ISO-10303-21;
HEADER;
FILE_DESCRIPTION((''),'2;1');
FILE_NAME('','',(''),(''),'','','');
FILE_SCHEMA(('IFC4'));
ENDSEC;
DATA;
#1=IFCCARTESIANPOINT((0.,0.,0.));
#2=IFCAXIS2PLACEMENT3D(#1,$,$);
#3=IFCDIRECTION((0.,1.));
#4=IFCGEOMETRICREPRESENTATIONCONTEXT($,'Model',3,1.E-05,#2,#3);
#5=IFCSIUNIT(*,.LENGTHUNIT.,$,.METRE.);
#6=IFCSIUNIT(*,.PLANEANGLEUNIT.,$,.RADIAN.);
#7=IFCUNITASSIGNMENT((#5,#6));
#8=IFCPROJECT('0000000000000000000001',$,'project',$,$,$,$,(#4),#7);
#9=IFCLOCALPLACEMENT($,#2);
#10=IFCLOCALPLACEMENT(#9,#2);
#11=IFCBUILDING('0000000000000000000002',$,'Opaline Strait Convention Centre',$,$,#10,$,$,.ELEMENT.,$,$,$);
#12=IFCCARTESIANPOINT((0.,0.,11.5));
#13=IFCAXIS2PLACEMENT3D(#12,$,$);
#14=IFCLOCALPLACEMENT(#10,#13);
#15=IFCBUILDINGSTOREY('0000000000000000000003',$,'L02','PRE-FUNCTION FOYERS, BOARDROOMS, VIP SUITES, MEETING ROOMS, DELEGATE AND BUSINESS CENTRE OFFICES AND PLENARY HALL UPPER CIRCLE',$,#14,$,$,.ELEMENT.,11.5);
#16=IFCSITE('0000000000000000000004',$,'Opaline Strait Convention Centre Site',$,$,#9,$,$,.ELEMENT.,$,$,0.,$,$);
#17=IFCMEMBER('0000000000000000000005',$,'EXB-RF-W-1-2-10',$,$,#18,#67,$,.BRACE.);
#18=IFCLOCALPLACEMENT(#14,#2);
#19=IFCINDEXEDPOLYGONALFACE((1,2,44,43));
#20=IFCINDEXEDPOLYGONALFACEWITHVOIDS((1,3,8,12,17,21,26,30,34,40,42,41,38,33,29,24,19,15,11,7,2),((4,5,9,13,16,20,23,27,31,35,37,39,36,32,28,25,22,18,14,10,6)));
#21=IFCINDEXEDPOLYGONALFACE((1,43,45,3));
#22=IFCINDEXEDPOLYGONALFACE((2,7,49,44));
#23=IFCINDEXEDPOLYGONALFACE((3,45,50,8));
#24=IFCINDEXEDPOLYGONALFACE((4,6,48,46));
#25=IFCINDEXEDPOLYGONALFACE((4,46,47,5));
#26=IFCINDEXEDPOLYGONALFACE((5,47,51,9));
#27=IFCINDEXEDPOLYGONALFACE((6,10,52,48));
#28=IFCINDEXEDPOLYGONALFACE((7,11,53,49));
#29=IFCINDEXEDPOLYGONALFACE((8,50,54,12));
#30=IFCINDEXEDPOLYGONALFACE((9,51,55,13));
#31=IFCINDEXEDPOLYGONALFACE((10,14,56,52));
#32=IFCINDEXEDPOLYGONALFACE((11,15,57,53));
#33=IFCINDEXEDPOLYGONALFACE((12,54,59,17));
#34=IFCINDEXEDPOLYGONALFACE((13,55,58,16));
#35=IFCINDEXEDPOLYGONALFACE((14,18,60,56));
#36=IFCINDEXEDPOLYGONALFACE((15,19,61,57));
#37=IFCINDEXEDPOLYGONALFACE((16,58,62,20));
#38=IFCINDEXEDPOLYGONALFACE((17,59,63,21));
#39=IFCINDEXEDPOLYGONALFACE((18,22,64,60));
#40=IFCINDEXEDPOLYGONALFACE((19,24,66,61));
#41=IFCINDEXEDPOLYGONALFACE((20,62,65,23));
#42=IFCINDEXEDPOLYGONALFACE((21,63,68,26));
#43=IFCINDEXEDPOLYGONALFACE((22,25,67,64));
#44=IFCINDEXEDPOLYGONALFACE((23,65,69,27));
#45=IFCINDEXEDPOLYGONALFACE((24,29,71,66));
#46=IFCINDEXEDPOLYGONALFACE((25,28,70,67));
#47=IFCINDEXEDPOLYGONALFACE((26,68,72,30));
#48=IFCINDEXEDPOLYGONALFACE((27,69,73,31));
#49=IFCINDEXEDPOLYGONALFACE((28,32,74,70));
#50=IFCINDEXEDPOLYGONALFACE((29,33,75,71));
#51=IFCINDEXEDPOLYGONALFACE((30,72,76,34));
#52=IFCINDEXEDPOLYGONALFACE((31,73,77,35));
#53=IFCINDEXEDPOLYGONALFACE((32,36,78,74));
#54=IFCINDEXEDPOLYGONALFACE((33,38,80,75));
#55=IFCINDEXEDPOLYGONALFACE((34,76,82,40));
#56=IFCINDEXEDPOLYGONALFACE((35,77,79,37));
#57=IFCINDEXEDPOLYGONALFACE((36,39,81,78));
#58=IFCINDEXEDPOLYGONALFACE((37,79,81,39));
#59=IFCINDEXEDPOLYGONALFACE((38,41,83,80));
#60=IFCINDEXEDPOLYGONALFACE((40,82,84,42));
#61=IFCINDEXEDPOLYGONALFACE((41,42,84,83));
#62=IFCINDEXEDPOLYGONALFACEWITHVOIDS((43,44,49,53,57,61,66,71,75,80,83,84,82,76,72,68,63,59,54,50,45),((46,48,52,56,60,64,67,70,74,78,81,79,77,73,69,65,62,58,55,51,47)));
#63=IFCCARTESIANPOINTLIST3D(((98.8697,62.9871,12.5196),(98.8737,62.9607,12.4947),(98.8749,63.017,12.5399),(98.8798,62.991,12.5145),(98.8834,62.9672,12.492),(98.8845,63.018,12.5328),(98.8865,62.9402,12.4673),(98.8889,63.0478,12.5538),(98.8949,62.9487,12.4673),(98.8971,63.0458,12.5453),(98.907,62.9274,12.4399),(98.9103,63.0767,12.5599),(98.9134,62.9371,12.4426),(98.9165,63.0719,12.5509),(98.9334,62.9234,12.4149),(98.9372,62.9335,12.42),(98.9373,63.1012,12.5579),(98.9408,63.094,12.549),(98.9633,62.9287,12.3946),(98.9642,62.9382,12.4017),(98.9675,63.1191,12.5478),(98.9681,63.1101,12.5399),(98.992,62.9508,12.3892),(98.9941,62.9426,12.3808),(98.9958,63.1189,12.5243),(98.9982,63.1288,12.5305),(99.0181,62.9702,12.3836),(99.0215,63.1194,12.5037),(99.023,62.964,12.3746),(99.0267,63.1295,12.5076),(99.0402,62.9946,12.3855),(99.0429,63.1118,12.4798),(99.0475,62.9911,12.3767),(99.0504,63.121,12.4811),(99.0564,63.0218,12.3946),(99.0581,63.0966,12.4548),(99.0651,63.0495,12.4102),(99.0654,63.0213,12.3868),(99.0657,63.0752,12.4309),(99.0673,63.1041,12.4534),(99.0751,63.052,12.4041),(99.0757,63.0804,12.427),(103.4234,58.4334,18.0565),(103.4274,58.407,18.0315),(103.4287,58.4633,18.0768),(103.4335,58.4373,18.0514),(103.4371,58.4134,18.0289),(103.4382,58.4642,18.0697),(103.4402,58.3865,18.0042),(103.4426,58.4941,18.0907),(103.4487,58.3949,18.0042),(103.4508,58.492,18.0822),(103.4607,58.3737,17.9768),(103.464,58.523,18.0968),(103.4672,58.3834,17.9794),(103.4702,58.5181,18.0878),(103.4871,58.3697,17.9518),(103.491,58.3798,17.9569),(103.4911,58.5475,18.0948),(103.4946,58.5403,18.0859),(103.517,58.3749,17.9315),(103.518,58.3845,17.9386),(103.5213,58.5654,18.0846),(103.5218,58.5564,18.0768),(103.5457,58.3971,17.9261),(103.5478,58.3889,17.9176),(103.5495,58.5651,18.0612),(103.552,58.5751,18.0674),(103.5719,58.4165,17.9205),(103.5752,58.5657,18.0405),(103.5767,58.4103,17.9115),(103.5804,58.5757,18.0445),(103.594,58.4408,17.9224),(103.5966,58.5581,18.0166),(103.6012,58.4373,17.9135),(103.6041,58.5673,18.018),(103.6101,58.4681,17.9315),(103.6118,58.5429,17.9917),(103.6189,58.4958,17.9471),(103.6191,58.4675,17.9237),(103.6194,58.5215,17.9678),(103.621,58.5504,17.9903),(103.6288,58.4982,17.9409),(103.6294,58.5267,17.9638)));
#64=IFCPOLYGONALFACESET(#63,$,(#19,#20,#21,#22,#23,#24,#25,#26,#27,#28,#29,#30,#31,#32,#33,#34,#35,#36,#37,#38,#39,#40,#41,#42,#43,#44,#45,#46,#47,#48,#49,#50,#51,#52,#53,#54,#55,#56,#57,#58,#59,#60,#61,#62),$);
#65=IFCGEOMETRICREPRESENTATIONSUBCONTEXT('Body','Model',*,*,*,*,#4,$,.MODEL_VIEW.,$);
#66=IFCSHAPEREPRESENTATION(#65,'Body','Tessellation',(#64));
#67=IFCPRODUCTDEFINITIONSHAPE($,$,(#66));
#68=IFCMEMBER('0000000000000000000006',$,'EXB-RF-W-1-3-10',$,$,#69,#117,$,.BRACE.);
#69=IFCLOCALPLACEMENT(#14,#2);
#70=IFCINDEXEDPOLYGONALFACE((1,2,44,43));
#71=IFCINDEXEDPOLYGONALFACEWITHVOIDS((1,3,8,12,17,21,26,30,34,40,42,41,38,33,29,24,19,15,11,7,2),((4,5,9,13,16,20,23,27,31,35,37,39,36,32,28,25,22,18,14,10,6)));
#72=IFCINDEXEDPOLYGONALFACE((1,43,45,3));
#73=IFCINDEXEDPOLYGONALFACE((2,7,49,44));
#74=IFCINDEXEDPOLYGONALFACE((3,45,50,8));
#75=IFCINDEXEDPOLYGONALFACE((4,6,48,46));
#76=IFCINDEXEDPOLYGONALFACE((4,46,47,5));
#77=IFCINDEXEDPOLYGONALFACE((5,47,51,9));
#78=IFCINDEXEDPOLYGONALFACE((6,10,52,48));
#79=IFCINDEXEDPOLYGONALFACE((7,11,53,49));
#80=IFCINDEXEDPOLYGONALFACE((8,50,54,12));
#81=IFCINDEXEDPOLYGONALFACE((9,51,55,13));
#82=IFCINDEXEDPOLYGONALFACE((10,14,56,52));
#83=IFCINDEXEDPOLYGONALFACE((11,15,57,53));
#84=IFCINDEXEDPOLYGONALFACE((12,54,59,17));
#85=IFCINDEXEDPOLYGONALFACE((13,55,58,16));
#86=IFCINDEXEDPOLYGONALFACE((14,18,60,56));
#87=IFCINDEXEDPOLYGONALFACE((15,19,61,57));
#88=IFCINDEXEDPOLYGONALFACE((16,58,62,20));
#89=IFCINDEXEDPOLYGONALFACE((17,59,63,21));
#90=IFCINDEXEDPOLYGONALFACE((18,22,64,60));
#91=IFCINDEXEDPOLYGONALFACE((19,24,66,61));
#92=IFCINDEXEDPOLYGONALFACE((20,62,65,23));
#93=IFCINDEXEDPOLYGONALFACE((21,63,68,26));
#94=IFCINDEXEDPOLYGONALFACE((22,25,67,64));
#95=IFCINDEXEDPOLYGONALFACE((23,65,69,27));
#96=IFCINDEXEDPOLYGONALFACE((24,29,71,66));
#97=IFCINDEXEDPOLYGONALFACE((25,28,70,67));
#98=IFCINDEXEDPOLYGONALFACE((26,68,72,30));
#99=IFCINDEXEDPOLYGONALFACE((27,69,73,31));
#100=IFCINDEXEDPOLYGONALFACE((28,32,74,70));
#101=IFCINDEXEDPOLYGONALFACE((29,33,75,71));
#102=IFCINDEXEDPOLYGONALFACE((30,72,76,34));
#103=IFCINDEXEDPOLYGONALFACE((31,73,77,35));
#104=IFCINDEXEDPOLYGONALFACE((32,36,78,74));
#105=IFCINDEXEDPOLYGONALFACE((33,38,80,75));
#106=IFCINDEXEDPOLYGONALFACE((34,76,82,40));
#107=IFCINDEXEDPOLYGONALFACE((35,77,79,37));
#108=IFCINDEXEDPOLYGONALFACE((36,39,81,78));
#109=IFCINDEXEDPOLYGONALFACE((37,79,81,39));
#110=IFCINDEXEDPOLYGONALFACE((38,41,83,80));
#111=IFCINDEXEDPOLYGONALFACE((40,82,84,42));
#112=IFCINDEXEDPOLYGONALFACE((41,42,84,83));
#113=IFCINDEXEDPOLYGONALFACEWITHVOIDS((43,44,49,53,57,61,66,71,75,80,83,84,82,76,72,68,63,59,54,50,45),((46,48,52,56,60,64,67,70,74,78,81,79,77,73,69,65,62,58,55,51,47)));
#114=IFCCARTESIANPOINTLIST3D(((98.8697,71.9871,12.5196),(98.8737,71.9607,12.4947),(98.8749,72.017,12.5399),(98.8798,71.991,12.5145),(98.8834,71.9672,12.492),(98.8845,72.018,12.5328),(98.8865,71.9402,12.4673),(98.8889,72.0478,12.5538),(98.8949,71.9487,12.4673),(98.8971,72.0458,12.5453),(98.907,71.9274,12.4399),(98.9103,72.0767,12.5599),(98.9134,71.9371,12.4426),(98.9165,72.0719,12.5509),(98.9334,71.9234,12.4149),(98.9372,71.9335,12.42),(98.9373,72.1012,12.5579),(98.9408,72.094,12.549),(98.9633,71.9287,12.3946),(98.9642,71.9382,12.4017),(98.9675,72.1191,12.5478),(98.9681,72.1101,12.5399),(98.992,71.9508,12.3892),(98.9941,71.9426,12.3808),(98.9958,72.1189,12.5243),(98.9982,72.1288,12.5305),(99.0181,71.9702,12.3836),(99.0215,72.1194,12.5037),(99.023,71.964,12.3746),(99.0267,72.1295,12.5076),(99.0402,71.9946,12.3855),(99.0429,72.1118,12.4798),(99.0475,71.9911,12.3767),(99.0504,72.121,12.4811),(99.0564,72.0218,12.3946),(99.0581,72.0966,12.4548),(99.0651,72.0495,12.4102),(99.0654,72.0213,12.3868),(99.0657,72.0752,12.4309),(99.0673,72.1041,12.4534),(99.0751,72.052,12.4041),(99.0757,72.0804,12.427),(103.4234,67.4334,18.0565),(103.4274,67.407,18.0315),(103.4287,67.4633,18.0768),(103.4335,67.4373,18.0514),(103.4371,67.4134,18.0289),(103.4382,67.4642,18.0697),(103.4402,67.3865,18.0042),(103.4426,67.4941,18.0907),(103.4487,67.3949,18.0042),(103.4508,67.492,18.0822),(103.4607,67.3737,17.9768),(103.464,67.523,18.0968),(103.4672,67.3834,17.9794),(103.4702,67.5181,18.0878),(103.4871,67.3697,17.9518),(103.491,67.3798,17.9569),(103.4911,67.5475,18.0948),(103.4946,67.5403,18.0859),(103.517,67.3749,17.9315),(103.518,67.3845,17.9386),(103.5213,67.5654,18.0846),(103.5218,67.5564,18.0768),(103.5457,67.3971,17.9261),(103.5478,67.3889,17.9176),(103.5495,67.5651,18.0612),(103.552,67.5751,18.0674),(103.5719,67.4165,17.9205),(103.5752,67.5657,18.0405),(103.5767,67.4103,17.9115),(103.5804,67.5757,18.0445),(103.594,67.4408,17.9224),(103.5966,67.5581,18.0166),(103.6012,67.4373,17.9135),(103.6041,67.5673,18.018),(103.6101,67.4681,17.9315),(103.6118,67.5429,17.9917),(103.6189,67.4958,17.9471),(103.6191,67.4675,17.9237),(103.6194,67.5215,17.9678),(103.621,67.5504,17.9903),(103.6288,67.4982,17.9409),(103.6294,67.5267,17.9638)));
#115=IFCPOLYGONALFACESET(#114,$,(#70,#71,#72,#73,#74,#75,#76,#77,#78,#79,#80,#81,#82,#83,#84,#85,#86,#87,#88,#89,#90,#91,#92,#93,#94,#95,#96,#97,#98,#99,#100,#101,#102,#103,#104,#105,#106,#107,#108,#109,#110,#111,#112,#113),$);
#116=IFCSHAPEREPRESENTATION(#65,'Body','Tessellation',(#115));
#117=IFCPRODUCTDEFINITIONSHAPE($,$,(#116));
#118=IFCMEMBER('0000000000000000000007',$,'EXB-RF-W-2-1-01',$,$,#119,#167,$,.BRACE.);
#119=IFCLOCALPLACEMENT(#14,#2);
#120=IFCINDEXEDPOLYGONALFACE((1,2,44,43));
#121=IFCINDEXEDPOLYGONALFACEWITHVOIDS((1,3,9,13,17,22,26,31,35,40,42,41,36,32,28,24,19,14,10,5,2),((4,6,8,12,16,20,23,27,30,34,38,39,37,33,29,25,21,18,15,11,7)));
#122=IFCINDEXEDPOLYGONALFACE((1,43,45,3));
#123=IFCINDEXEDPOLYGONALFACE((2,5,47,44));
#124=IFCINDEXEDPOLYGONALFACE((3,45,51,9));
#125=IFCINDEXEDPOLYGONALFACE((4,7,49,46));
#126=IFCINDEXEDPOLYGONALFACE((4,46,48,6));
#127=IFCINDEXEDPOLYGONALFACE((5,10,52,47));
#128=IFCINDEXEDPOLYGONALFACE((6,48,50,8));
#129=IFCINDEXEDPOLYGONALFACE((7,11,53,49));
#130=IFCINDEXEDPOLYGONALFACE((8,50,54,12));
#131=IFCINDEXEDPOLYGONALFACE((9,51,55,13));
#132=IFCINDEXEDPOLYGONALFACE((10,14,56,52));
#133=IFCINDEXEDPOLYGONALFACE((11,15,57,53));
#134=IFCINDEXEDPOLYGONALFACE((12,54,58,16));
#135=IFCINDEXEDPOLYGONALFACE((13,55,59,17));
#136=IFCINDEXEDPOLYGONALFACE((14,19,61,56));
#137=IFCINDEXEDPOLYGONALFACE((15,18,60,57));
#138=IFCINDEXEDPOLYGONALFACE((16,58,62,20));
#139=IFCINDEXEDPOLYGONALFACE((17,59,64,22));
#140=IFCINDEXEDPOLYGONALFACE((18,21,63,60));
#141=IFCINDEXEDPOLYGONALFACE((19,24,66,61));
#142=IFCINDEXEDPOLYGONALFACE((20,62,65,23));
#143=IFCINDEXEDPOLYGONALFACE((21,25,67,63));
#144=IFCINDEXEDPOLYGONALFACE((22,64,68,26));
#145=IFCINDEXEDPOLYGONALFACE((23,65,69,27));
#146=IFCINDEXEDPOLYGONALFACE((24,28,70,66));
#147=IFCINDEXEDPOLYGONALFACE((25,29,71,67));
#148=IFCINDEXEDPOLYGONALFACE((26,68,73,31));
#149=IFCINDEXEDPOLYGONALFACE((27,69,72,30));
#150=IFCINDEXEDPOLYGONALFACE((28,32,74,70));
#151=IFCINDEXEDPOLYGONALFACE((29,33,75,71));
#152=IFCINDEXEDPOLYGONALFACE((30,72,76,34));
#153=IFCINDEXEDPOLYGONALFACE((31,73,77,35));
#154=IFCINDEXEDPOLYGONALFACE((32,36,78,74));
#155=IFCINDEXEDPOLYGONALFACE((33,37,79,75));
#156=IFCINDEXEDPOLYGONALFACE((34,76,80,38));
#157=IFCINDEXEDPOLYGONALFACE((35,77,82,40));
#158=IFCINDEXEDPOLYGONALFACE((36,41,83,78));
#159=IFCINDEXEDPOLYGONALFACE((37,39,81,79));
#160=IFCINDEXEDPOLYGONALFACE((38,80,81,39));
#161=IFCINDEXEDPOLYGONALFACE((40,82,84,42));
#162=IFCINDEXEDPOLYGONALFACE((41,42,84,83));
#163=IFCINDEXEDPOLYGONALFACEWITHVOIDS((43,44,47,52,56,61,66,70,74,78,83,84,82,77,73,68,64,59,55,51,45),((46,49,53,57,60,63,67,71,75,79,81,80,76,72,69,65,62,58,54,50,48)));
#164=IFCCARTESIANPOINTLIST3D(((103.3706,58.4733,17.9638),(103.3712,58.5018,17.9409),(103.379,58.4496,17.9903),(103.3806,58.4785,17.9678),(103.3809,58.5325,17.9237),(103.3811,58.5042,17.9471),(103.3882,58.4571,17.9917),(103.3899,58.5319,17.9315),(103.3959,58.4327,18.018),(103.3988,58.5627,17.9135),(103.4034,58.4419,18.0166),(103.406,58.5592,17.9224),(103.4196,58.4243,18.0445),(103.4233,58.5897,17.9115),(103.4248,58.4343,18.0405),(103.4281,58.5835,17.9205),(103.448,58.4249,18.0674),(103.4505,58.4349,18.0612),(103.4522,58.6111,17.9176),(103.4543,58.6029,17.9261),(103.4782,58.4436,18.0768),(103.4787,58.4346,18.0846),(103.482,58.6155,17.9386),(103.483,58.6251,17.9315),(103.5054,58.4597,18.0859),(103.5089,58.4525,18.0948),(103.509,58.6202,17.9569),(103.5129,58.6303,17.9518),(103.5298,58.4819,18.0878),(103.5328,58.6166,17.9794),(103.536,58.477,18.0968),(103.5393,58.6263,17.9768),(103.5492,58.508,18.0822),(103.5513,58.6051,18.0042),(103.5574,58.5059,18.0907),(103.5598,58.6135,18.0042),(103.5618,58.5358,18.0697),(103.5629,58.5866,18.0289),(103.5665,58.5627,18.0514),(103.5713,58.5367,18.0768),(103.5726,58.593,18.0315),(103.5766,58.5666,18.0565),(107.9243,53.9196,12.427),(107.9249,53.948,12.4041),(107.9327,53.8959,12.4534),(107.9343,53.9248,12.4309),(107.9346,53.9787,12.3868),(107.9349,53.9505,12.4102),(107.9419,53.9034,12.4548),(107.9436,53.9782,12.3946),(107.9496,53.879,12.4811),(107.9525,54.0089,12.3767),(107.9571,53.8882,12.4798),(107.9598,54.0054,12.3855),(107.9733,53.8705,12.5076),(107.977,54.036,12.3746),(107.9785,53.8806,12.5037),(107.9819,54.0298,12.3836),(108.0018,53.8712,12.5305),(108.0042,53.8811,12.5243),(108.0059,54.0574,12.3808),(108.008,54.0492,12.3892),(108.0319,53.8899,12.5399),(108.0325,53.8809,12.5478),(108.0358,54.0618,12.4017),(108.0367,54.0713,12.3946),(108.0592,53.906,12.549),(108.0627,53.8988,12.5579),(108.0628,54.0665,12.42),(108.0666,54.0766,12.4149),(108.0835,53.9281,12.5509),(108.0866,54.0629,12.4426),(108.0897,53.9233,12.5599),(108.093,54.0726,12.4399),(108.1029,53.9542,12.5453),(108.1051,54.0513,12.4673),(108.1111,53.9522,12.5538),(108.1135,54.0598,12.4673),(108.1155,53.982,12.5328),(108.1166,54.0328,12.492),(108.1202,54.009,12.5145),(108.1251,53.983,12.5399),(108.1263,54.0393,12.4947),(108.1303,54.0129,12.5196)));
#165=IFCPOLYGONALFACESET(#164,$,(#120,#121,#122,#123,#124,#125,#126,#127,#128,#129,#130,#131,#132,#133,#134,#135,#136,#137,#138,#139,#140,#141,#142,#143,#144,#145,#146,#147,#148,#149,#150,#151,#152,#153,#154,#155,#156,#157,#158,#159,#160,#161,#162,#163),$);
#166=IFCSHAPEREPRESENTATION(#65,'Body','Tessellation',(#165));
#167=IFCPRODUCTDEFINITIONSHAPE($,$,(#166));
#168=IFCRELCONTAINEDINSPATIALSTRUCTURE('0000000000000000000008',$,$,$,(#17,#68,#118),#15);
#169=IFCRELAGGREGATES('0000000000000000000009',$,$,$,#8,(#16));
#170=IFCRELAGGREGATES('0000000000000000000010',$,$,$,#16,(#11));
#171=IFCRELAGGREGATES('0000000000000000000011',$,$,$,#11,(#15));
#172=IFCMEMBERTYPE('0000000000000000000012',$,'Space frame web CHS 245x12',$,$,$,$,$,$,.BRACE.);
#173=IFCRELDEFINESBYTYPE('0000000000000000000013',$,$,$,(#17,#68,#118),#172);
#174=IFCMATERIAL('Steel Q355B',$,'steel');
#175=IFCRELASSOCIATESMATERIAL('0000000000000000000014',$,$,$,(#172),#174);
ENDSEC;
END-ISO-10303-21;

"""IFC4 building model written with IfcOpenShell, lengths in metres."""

from ifc_helpers import new_model, si_unit, direction, frame, origin, origin_2d, place, context, subcontext, project, spatial, hollow_circle, extrude, material, material_profile, profile_set, type_object, element, save


model = new_model("IFC4")

# Units and contexts
model_context = context("Model", 3, precision=1e-05, world=origin(), true_north=direction((0.0, 1.0)))
body_context = subcontext(model_context, "Body", "Model", "MODEL_VIEW")
ifc_project = project(units=[si_unit("LENGTHUNIT", "METRE"), si_unit("PLANEANGLEUNIT", "RADIAN")], contexts=[model_context])

# Site, building, storey
site_placement = place(None, origin())
site = spatial("IfcSite", under=ifc_project, at=site_placement, Name="Opaline Strait Convention Centre Site", CompositionType="ELEMENT", RefElevation=0.0)
building_placement = place(site_placement, origin())
building = spatial("IfcBuilding", under=site, at=building_placement, Name="Opaline Strait Convention Centre", CompositionType="ELEMENT")
storey_placement = place(building_placement, frame((0.0, 0.0, 11.5)))
storey = spatial("IfcBuildingStorey", under=building, at=storey_placement, Name="L02", Description="PRE-FUNCTION FOYERS, BOARDROOMS, VIP SUITES, MEETING ROOMS, DELEGATE AND BUSINESS CENTRE OFFICES AND PLENARY HALL UPPER CIRCLE", CompositionType="ELEMENT", Elevation=11.5)

# Members
ifc_material = material(Name="Steel Q355B", Category="steel")
ifc_material_profile_1 = material_profile(ifc_material, hollow_circle(Radius=0.1226, WallThickness=0.012, at=origin_2d()), Name="CHS 245x12")
ifc_profile_set_1 = profile_set([ifc_material_profile_1], Name="Steel Q355B")
member_type_1 = type_object("IfcMemberType", Name="Space frame web CHS 245x12", PredefinedType="BRACE", material=ifc_profile_set_1)
for number, where, z_axis, x_axis, name in (
    (1, (103.5269, 58.4731, 18.0042), (-0.536178, 0.536178, -0.65194), (-0.707107, -0.707107, 0.0), "EXB-RF-W-1-2-10"),
    (2, (103.5269, 67.4731, 18.0042), (-0.536178, 0.536178, -0.65194), (-0.707107, -0.707107, 0.0), "EXB-RF-W-1-3-10"),
    (3, (103.4731, 58.5269, 18.0042), (0.536178, -0.536178, -0.65194), (0.707107, 0.707107, 0.0), "EXB-RF-W-2-1-01"),
):
    element("IfcMember", number, at=place(storey_placement, frame(where, z_axis=z_axis, x_axis=x_axis)), inside=storey, type_object=member_type_1, Name=name, PredefinedType="BRACE", context=body_context, shape_type="SweptSolid", body=[
        extrude(hollow_circle(Radius=0.1226, WallThickness=0.012, at=origin_2d()), origin(), (0.0, 0.0, 1.0), 8.4929),
    ])

save(model, "model.ifc")
